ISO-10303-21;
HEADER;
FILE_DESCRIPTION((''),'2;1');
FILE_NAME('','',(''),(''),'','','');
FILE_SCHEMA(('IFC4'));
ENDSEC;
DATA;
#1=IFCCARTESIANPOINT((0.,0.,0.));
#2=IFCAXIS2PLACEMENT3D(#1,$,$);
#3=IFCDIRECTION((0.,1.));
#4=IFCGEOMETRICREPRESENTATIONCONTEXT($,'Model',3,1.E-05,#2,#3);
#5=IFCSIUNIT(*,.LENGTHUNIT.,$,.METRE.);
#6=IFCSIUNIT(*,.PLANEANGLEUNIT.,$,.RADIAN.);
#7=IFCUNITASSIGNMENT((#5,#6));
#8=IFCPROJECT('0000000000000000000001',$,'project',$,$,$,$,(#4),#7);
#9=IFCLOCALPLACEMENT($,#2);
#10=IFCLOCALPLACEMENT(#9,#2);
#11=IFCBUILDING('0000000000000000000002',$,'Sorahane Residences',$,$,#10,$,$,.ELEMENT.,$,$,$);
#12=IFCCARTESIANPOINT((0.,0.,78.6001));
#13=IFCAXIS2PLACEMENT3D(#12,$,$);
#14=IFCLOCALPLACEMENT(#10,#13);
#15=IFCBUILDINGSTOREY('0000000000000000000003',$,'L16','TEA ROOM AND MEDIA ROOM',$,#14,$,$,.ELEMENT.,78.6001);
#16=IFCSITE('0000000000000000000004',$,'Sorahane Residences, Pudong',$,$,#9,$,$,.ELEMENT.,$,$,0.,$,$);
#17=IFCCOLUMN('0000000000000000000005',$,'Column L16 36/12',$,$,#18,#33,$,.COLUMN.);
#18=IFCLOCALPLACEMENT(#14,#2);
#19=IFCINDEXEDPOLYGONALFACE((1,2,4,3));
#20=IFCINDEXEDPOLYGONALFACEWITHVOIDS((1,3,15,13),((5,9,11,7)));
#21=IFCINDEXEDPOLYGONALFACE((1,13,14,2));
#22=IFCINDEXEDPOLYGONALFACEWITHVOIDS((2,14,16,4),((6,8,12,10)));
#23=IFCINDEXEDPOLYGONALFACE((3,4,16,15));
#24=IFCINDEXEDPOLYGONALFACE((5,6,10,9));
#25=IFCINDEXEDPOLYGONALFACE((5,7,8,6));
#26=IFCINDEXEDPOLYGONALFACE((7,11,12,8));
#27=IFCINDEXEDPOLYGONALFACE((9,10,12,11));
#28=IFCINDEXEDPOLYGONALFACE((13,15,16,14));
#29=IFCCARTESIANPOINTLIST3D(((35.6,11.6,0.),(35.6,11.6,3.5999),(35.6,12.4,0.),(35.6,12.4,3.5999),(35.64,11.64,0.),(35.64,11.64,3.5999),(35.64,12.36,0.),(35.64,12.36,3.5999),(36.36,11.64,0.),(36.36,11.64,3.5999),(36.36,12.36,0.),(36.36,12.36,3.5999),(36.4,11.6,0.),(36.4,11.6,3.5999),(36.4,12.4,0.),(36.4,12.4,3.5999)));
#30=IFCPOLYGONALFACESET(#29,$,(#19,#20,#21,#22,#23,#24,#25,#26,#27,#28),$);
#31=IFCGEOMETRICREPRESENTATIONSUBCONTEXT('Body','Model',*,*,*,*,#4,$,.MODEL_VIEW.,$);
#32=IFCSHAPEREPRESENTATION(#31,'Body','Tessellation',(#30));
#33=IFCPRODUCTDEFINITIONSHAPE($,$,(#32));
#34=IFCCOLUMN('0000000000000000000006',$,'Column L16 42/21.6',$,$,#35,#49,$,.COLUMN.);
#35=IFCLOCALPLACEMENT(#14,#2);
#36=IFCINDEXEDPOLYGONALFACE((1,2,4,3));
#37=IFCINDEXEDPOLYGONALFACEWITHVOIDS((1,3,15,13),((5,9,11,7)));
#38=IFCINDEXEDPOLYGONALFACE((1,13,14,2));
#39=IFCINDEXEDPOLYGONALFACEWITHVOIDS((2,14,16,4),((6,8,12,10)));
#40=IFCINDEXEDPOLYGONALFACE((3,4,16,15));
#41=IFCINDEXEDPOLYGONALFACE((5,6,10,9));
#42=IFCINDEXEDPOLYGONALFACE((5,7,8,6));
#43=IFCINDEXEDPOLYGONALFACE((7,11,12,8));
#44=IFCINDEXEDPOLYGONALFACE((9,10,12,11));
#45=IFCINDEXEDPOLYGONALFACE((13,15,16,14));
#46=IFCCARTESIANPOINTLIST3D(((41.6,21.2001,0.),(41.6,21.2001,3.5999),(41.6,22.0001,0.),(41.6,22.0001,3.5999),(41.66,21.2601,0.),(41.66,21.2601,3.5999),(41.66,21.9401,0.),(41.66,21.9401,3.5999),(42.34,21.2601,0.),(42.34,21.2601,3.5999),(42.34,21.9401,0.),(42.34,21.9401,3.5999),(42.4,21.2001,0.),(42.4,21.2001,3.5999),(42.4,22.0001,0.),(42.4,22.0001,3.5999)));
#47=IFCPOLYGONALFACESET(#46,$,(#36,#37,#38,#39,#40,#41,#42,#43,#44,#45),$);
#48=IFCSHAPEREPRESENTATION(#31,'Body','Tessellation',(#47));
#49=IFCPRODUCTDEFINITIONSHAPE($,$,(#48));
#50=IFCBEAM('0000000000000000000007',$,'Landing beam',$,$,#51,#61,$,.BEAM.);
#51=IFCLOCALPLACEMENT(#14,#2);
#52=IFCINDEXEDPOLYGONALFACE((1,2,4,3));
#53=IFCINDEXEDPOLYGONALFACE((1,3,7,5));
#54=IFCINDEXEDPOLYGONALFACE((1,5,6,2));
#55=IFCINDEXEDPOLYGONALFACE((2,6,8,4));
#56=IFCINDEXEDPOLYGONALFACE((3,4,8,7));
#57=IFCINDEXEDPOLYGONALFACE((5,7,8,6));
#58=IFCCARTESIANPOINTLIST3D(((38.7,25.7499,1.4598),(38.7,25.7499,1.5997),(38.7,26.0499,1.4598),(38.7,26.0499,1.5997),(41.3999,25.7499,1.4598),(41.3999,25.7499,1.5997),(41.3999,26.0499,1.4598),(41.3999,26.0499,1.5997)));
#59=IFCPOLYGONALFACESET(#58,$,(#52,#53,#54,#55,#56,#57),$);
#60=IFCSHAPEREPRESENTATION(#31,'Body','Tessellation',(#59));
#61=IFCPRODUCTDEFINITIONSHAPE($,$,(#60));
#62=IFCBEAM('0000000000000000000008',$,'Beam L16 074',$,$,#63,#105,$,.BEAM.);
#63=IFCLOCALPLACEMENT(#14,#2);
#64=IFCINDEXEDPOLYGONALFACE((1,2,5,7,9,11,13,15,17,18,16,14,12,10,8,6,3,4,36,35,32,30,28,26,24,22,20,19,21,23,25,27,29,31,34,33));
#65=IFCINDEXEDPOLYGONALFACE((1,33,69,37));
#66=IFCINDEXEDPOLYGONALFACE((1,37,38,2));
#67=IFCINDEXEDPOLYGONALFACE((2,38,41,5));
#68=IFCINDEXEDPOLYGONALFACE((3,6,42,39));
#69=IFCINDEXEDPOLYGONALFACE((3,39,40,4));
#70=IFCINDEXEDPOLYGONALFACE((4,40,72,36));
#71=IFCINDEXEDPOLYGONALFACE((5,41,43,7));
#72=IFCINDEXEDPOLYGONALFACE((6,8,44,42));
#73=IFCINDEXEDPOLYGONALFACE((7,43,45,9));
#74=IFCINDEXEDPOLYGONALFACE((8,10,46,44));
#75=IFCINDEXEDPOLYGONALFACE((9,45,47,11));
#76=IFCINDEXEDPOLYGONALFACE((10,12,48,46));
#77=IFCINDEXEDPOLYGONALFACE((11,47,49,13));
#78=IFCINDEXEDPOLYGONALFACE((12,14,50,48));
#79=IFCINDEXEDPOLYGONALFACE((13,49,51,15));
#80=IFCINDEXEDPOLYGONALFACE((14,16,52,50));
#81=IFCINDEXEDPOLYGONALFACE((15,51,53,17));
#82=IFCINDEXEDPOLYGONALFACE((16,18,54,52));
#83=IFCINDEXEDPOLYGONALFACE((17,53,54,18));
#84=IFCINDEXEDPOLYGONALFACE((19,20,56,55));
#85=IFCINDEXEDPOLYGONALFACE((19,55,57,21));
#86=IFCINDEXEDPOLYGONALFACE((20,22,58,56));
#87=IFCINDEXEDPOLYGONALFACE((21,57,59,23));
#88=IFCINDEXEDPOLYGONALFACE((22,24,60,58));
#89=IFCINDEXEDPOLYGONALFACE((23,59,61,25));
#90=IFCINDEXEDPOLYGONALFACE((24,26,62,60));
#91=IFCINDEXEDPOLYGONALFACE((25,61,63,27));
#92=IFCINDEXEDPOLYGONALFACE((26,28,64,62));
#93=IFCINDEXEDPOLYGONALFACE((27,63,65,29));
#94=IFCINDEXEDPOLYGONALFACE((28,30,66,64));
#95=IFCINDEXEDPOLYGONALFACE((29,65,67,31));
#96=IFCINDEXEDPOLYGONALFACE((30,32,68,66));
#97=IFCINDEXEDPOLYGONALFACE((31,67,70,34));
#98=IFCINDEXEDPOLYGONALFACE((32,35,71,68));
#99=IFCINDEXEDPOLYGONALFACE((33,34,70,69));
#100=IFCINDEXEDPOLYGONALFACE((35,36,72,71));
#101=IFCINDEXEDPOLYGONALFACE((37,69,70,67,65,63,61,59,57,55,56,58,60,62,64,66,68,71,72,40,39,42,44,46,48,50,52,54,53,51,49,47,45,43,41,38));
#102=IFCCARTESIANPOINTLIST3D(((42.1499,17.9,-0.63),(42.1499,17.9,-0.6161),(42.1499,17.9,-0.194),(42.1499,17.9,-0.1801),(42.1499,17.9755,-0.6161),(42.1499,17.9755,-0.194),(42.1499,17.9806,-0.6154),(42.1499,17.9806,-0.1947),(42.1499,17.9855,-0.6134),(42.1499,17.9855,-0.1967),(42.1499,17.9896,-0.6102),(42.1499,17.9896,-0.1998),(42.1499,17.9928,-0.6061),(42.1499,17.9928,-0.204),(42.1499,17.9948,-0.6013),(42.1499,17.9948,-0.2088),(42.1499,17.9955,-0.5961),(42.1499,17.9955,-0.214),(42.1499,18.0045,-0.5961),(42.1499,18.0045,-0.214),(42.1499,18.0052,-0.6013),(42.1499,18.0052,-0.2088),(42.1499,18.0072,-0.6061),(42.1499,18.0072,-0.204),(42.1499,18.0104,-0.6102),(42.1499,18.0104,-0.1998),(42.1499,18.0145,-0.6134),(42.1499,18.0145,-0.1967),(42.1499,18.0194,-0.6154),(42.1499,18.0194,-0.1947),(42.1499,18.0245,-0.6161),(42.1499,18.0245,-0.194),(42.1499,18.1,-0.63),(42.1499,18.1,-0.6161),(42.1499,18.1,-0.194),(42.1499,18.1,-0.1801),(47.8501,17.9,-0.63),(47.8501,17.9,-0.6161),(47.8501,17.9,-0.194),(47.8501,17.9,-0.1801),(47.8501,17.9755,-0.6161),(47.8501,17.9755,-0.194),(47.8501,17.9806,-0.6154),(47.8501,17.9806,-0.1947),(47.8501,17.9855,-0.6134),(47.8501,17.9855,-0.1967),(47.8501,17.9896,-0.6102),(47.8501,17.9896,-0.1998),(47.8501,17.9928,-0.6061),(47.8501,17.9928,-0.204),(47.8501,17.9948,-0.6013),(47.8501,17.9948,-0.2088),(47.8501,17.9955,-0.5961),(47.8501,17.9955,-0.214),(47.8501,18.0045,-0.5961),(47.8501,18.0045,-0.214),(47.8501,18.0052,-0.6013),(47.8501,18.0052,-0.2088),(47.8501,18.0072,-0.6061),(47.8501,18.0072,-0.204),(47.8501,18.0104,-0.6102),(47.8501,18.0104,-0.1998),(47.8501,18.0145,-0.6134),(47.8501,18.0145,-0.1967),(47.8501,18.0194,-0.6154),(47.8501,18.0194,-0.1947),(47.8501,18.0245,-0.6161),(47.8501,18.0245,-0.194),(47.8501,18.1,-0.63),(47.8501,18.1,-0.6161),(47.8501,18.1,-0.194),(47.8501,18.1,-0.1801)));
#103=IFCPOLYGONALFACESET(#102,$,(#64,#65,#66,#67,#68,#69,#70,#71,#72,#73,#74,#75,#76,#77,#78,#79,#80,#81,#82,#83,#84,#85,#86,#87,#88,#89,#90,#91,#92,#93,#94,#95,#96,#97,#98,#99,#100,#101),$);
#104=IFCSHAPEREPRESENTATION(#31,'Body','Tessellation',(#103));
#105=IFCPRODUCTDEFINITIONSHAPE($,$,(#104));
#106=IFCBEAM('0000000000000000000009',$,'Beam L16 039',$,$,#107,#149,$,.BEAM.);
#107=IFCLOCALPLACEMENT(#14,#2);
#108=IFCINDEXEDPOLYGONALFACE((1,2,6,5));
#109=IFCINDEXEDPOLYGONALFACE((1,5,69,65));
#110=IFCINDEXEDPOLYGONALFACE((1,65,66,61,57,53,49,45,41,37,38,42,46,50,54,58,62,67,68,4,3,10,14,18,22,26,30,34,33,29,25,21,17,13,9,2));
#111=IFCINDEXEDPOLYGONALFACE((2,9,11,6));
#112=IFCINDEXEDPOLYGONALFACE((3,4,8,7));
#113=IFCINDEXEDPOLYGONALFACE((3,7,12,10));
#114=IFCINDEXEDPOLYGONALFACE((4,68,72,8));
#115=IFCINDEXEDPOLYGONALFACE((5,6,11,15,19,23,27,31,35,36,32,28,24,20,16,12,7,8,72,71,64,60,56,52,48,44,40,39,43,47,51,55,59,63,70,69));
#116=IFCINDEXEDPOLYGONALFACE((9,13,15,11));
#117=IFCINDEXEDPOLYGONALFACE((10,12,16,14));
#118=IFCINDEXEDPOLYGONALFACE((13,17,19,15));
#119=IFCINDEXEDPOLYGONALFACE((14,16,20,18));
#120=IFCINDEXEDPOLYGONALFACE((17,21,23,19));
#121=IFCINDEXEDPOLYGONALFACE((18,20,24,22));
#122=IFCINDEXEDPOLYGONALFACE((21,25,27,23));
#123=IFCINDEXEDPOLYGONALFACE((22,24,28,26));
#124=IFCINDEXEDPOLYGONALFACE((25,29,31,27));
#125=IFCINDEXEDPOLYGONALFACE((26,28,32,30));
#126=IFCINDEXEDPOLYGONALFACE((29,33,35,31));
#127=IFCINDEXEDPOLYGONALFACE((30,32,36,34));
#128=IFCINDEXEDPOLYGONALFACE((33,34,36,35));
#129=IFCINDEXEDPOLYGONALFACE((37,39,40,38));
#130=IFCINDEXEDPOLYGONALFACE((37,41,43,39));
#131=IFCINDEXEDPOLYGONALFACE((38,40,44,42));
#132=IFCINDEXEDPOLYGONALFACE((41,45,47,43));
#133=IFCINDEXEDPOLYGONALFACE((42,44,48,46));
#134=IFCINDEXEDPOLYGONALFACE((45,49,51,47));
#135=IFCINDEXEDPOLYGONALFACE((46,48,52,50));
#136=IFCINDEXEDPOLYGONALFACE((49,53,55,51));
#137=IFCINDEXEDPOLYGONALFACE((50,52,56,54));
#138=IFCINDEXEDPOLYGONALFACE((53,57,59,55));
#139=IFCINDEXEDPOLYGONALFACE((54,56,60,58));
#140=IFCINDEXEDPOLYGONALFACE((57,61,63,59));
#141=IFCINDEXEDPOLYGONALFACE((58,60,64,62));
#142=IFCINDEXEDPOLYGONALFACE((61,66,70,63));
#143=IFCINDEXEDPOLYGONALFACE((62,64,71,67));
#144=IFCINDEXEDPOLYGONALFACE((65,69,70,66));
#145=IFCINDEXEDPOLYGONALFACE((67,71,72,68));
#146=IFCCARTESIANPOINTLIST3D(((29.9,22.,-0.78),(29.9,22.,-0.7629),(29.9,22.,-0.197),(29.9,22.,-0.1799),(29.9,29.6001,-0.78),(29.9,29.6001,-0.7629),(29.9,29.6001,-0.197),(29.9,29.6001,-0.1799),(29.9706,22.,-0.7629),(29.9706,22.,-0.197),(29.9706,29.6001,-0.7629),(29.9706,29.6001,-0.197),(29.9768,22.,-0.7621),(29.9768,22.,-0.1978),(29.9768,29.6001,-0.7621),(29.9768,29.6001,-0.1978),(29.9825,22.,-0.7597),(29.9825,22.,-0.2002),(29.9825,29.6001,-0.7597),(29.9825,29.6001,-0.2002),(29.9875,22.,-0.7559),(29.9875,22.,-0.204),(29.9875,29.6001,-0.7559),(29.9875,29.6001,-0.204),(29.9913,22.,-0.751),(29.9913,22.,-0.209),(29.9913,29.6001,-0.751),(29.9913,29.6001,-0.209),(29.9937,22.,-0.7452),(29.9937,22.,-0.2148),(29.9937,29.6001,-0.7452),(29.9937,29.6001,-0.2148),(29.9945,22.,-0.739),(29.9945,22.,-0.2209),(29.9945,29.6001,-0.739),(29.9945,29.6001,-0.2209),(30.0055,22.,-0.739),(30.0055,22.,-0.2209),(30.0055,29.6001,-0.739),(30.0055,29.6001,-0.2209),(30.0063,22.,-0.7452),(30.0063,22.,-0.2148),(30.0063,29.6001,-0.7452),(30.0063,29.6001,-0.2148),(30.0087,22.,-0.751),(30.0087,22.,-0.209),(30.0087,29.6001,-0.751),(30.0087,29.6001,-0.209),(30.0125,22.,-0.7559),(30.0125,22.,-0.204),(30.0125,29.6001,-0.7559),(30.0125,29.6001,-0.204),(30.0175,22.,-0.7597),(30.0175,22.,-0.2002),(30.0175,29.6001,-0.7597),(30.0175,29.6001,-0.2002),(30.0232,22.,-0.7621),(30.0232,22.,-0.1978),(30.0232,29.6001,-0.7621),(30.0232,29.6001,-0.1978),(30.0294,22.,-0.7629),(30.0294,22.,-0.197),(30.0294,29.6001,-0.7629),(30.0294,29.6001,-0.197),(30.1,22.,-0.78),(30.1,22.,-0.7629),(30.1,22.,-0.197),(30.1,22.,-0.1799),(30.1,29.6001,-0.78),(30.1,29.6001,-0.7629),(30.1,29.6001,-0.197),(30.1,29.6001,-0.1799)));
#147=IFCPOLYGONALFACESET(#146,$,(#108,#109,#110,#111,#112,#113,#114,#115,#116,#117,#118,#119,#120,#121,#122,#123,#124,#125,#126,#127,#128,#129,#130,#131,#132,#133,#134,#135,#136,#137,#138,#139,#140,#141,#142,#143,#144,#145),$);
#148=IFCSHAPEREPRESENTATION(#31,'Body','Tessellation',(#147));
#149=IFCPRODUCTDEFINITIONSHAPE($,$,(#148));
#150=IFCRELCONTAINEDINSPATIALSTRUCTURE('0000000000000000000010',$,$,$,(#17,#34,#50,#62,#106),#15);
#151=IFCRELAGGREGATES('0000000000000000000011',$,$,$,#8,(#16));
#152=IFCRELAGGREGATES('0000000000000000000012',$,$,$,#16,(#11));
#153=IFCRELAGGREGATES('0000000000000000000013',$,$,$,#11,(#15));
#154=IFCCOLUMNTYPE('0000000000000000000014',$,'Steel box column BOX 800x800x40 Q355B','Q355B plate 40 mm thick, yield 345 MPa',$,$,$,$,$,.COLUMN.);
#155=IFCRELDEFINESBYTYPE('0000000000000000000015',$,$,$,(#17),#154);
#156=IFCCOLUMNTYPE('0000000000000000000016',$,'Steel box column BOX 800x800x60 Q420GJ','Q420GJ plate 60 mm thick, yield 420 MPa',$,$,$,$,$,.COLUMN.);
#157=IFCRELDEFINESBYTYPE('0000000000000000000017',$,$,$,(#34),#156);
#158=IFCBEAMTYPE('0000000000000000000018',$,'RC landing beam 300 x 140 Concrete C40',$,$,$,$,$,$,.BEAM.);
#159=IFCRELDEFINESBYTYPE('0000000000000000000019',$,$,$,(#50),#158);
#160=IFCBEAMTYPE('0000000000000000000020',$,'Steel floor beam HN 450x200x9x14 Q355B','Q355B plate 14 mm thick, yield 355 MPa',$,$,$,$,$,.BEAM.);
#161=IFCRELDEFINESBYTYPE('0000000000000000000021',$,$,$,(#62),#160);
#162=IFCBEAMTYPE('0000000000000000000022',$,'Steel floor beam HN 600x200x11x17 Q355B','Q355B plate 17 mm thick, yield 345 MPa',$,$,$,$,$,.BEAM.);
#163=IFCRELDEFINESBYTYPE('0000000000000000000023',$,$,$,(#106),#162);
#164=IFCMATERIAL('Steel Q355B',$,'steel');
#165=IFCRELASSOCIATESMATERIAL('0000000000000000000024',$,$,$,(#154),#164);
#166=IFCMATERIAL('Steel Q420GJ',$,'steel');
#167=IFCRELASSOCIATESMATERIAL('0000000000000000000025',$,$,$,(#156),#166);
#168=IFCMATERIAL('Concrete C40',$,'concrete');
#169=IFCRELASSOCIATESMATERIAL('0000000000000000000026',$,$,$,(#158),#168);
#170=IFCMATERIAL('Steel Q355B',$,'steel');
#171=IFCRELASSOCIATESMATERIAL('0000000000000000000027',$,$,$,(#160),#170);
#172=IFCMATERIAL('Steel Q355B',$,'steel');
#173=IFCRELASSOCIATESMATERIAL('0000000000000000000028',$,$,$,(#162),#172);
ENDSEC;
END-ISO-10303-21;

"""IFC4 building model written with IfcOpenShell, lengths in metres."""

from ifc_helpers import new_model, si_unit, direction, frame, origin, origin_2d, place, context, subcontext, project, spatial, rectangle, hollow_rectangle, i_section, extrude, material, material_profile, profile_set, type_object, element, save


model = new_model("IFC4")

# Units and contexts
model_context = context("Model", 3, precision=1e-05, world=origin(), true_north=direction((0.0, 1.0)))
body_context = subcontext(model_context, "Body", "Model", "MODEL_VIEW")
ifc_project = project(units=[si_unit("LENGTHUNIT", "METRE"), si_unit("PLANEANGLEUNIT", "RADIAN")], contexts=[model_context])

# Site, building, storey
site_placement = place(None, origin())
site = spatial("IfcSite", under=ifc_project, at=site_placement, Name="Sorahane Residences, Pudong", CompositionType="ELEMENT", RefElevation=0.0)
building_placement = place(site_placement, origin())
building = spatial("IfcBuilding", under=site, at=building_placement, Name="Sorahane Residences", CompositionType="ELEMENT")
storey_placement = place(building_placement, frame((0.0, 0.0, 78.6001)))
storey = spatial("IfcBuildingStorey", under=building, at=storey_placement, Name="L16", Description="TEA ROOM AND MEDIA ROOM", CompositionType="ELEMENT", Elevation=78.6001)

# Columns
ifc_material_1 = material(Name="Steel Q355B", Category="steel")
ifc_material_profile_1 = material_profile(ifc_material_1, hollow_rectangle(XDim=0.8, YDim=0.8, WallThickness=0.04, at=origin_2d()), Name="BOX 800x800x40")
ifc_profile_set_1 = profile_set([ifc_material_profile_1], Name="Steel Q355B")
column_type_1 = type_object("IfcColumnType", Name="Steel box column BOX 800x800x40 Q355B", Description="Q355B plate 40 mm thick, yield 345 MPa", PredefinedType="COLUMN", material=ifc_profile_set_1)
column_1_placement = place(storey_placement, frame((36.0, 12.0, 0.0), z_axis=(0.0, 0.0, 1.0), x_axis=(1.0, 0.0, 0.0)))
element("IfcColumn", 1, at=column_1_placement, inside=storey, type_object=column_type_1, Name="Column L16 36/12", PredefinedType="COLUMN", context=body_context, shape_type="SweptSolid", body=[
    extrude(hollow_rectangle(XDim=0.8, YDim=0.8, WallThickness=0.04, at=origin_2d()), origin(), (0.0, 0.0, 1.0), 3.5999),
])
ifc_material_2 = material(Name="Steel Q420GJ", Category="steel")
ifc_material_profile_2 = material_profile(ifc_material_2, hollow_rectangle(XDim=0.8, YDim=0.8, WallThickness=0.0601, at=origin_2d()), Name="BOX 800x800x60")
ifc_profile_set_2 = profile_set([ifc_material_profile_2], Name="Steel Q420GJ")
column_type_2 = type_object("IfcColumnType", Name="Steel box column BOX 800x800x60 Q420GJ", Description="Q420GJ plate 60 mm thick, yield 420 MPa", PredefinedType="COLUMN", material=ifc_profile_set_2)
column_2_placement = place(storey_placement, frame((42.0, 21.6001, 0.0), z_axis=(0.0, 0.0, 1.0), x_axis=(1.0, 0.0, 0.0)))
element("IfcColumn", 2, at=column_2_placement, inside=storey, type_object=column_type_2, Name="Column L16 42/21.6", PredefinedType="COLUMN", context=body_context, shape_type="SweptSolid", body=[
    extrude(hollow_rectangle(XDim=0.8, YDim=0.8, WallThickness=0.0601, at=origin_2d()), origin(), (0.0, 0.0, 1.0), 3.5999),
])

# Beams
ifc_material_3 = material(Name="Concrete C40", Category="concrete")
ifc_material_profile_3 = material_profile(ifc_material_3, rectangle(XDim=0.3, YDim=0.1399, at=origin_2d()), Name="300x140")
ifc_profile_set_3 = profile_set([ifc_material_profile_3], Name="Concrete C40")
beam_type_1 = type_object("IfcBeamType", Name="RC landing beam 300 x 140 Concrete C40", PredefinedType="BEAM", material=ifc_profile_set_3)
beam_1_placement = place(storey_placement, frame((38.7, 25.8999, 1.5298), z_axis=(1.0, 0.0, 0.0), x_axis=(0.0, 1.0, 0.0)))
element("IfcBeam", 3, at=beam_1_placement, inside=storey, type_object=beam_type_1, Name="Landing beam", PredefinedType="BEAM", context=body_context, shape_type="SweptSolid", body=[
    extrude(rectangle(XDim=0.3, YDim=0.1399, at=origin_2d()), origin(), (0.0, 0.0, 1.0), 2.7),
])
ifc_material_4 = material(Name="Steel Q355B", Category="steel")
ifc_material_profile_4 = material_profile(ifc_material_4, i_section(OverallWidth=0.2, OverallDepth=0.45, WebThickness=0.009, FlangeThickness=0.0139, FilletRadius=0.02, at=origin_2d()), Name="HN 450x200x9x14")
ifc_profile_set_4 = profile_set([ifc_material_profile_4], Name="Steel Q355B")
beam_type_2 = type_object("IfcBeamType", Name="Steel floor beam HN 450x200x9x14 Q355B", Description="Q355B plate 14 mm thick, yield 355 MPa", PredefinedType="BEAM", material=ifc_profile_set_4)
beam_2_placement = place(storey_placement, frame((42.1499, 18.0, -0.405), z_axis=(1.0, 0.0, 0.0), x_axis=(0.0, 1.0, 0.0)))
element("IfcBeam", 4, at=beam_2_placement, inside=storey, type_object=beam_type_2, Name="Beam L16 074", PredefinedType="BEAM", context=body_context, shape_type="SweptSolid", body=[
    extrude(i_section(OverallWidth=0.2, OverallDepth=0.45, WebThickness=0.009, FlangeThickness=0.0139, FilletRadius=0.02, at=origin_2d()), origin(), (0.0, 0.0, 1.0), 5.7002),
])
ifc_material_5 = material(Name="Steel Q355B", Category="steel")
ifc_material_profile_5 = material_profile(ifc_material_5, i_section(OverallWidth=0.2, OverallDepth=0.6001, WebThickness=0.011, FlangeThickness=0.0171, FilletRadius=0.0239, at=origin_2d()), Name="HN 600x200x11x17")
ifc_profile_set_5 = profile_set([ifc_material_profile_5], Name="Steel Q355B")
beam_type_3 = type_object("IfcBeamType", Name="Steel floor beam HN 600x200x11x17 Q355B", Description="Q355B plate 17 mm thick, yield 345 MPa", PredefinedType="BEAM", material=ifc_profile_set_5)
for number, where, z_axis, x_axis, name in (
    (5, (30.0, 22.0, -0.48), (0.0, 1.0, 0.0), (-1.0, 0.0, 0.0), "Beam L16 039"),
):
    element("IfcBeam", number, at=place(storey_placement, frame(where, z_axis=z_axis, x_axis=x_axis)), inside=storey, type_object=beam_type_3, Name=name, PredefinedType="BEAM", context=body_context, shape_type="SweptSolid", body=[
        extrude(i_section(OverallWidth=0.2, OverallDepth=0.6001, WebThickness=0.011, FlangeThickness=0.0171, FilletRadius=0.0239, at=origin_2d()), origin(), (0.0, 0.0, 1.0), 7.6001),
    ])

save(model, "model.ifc")
